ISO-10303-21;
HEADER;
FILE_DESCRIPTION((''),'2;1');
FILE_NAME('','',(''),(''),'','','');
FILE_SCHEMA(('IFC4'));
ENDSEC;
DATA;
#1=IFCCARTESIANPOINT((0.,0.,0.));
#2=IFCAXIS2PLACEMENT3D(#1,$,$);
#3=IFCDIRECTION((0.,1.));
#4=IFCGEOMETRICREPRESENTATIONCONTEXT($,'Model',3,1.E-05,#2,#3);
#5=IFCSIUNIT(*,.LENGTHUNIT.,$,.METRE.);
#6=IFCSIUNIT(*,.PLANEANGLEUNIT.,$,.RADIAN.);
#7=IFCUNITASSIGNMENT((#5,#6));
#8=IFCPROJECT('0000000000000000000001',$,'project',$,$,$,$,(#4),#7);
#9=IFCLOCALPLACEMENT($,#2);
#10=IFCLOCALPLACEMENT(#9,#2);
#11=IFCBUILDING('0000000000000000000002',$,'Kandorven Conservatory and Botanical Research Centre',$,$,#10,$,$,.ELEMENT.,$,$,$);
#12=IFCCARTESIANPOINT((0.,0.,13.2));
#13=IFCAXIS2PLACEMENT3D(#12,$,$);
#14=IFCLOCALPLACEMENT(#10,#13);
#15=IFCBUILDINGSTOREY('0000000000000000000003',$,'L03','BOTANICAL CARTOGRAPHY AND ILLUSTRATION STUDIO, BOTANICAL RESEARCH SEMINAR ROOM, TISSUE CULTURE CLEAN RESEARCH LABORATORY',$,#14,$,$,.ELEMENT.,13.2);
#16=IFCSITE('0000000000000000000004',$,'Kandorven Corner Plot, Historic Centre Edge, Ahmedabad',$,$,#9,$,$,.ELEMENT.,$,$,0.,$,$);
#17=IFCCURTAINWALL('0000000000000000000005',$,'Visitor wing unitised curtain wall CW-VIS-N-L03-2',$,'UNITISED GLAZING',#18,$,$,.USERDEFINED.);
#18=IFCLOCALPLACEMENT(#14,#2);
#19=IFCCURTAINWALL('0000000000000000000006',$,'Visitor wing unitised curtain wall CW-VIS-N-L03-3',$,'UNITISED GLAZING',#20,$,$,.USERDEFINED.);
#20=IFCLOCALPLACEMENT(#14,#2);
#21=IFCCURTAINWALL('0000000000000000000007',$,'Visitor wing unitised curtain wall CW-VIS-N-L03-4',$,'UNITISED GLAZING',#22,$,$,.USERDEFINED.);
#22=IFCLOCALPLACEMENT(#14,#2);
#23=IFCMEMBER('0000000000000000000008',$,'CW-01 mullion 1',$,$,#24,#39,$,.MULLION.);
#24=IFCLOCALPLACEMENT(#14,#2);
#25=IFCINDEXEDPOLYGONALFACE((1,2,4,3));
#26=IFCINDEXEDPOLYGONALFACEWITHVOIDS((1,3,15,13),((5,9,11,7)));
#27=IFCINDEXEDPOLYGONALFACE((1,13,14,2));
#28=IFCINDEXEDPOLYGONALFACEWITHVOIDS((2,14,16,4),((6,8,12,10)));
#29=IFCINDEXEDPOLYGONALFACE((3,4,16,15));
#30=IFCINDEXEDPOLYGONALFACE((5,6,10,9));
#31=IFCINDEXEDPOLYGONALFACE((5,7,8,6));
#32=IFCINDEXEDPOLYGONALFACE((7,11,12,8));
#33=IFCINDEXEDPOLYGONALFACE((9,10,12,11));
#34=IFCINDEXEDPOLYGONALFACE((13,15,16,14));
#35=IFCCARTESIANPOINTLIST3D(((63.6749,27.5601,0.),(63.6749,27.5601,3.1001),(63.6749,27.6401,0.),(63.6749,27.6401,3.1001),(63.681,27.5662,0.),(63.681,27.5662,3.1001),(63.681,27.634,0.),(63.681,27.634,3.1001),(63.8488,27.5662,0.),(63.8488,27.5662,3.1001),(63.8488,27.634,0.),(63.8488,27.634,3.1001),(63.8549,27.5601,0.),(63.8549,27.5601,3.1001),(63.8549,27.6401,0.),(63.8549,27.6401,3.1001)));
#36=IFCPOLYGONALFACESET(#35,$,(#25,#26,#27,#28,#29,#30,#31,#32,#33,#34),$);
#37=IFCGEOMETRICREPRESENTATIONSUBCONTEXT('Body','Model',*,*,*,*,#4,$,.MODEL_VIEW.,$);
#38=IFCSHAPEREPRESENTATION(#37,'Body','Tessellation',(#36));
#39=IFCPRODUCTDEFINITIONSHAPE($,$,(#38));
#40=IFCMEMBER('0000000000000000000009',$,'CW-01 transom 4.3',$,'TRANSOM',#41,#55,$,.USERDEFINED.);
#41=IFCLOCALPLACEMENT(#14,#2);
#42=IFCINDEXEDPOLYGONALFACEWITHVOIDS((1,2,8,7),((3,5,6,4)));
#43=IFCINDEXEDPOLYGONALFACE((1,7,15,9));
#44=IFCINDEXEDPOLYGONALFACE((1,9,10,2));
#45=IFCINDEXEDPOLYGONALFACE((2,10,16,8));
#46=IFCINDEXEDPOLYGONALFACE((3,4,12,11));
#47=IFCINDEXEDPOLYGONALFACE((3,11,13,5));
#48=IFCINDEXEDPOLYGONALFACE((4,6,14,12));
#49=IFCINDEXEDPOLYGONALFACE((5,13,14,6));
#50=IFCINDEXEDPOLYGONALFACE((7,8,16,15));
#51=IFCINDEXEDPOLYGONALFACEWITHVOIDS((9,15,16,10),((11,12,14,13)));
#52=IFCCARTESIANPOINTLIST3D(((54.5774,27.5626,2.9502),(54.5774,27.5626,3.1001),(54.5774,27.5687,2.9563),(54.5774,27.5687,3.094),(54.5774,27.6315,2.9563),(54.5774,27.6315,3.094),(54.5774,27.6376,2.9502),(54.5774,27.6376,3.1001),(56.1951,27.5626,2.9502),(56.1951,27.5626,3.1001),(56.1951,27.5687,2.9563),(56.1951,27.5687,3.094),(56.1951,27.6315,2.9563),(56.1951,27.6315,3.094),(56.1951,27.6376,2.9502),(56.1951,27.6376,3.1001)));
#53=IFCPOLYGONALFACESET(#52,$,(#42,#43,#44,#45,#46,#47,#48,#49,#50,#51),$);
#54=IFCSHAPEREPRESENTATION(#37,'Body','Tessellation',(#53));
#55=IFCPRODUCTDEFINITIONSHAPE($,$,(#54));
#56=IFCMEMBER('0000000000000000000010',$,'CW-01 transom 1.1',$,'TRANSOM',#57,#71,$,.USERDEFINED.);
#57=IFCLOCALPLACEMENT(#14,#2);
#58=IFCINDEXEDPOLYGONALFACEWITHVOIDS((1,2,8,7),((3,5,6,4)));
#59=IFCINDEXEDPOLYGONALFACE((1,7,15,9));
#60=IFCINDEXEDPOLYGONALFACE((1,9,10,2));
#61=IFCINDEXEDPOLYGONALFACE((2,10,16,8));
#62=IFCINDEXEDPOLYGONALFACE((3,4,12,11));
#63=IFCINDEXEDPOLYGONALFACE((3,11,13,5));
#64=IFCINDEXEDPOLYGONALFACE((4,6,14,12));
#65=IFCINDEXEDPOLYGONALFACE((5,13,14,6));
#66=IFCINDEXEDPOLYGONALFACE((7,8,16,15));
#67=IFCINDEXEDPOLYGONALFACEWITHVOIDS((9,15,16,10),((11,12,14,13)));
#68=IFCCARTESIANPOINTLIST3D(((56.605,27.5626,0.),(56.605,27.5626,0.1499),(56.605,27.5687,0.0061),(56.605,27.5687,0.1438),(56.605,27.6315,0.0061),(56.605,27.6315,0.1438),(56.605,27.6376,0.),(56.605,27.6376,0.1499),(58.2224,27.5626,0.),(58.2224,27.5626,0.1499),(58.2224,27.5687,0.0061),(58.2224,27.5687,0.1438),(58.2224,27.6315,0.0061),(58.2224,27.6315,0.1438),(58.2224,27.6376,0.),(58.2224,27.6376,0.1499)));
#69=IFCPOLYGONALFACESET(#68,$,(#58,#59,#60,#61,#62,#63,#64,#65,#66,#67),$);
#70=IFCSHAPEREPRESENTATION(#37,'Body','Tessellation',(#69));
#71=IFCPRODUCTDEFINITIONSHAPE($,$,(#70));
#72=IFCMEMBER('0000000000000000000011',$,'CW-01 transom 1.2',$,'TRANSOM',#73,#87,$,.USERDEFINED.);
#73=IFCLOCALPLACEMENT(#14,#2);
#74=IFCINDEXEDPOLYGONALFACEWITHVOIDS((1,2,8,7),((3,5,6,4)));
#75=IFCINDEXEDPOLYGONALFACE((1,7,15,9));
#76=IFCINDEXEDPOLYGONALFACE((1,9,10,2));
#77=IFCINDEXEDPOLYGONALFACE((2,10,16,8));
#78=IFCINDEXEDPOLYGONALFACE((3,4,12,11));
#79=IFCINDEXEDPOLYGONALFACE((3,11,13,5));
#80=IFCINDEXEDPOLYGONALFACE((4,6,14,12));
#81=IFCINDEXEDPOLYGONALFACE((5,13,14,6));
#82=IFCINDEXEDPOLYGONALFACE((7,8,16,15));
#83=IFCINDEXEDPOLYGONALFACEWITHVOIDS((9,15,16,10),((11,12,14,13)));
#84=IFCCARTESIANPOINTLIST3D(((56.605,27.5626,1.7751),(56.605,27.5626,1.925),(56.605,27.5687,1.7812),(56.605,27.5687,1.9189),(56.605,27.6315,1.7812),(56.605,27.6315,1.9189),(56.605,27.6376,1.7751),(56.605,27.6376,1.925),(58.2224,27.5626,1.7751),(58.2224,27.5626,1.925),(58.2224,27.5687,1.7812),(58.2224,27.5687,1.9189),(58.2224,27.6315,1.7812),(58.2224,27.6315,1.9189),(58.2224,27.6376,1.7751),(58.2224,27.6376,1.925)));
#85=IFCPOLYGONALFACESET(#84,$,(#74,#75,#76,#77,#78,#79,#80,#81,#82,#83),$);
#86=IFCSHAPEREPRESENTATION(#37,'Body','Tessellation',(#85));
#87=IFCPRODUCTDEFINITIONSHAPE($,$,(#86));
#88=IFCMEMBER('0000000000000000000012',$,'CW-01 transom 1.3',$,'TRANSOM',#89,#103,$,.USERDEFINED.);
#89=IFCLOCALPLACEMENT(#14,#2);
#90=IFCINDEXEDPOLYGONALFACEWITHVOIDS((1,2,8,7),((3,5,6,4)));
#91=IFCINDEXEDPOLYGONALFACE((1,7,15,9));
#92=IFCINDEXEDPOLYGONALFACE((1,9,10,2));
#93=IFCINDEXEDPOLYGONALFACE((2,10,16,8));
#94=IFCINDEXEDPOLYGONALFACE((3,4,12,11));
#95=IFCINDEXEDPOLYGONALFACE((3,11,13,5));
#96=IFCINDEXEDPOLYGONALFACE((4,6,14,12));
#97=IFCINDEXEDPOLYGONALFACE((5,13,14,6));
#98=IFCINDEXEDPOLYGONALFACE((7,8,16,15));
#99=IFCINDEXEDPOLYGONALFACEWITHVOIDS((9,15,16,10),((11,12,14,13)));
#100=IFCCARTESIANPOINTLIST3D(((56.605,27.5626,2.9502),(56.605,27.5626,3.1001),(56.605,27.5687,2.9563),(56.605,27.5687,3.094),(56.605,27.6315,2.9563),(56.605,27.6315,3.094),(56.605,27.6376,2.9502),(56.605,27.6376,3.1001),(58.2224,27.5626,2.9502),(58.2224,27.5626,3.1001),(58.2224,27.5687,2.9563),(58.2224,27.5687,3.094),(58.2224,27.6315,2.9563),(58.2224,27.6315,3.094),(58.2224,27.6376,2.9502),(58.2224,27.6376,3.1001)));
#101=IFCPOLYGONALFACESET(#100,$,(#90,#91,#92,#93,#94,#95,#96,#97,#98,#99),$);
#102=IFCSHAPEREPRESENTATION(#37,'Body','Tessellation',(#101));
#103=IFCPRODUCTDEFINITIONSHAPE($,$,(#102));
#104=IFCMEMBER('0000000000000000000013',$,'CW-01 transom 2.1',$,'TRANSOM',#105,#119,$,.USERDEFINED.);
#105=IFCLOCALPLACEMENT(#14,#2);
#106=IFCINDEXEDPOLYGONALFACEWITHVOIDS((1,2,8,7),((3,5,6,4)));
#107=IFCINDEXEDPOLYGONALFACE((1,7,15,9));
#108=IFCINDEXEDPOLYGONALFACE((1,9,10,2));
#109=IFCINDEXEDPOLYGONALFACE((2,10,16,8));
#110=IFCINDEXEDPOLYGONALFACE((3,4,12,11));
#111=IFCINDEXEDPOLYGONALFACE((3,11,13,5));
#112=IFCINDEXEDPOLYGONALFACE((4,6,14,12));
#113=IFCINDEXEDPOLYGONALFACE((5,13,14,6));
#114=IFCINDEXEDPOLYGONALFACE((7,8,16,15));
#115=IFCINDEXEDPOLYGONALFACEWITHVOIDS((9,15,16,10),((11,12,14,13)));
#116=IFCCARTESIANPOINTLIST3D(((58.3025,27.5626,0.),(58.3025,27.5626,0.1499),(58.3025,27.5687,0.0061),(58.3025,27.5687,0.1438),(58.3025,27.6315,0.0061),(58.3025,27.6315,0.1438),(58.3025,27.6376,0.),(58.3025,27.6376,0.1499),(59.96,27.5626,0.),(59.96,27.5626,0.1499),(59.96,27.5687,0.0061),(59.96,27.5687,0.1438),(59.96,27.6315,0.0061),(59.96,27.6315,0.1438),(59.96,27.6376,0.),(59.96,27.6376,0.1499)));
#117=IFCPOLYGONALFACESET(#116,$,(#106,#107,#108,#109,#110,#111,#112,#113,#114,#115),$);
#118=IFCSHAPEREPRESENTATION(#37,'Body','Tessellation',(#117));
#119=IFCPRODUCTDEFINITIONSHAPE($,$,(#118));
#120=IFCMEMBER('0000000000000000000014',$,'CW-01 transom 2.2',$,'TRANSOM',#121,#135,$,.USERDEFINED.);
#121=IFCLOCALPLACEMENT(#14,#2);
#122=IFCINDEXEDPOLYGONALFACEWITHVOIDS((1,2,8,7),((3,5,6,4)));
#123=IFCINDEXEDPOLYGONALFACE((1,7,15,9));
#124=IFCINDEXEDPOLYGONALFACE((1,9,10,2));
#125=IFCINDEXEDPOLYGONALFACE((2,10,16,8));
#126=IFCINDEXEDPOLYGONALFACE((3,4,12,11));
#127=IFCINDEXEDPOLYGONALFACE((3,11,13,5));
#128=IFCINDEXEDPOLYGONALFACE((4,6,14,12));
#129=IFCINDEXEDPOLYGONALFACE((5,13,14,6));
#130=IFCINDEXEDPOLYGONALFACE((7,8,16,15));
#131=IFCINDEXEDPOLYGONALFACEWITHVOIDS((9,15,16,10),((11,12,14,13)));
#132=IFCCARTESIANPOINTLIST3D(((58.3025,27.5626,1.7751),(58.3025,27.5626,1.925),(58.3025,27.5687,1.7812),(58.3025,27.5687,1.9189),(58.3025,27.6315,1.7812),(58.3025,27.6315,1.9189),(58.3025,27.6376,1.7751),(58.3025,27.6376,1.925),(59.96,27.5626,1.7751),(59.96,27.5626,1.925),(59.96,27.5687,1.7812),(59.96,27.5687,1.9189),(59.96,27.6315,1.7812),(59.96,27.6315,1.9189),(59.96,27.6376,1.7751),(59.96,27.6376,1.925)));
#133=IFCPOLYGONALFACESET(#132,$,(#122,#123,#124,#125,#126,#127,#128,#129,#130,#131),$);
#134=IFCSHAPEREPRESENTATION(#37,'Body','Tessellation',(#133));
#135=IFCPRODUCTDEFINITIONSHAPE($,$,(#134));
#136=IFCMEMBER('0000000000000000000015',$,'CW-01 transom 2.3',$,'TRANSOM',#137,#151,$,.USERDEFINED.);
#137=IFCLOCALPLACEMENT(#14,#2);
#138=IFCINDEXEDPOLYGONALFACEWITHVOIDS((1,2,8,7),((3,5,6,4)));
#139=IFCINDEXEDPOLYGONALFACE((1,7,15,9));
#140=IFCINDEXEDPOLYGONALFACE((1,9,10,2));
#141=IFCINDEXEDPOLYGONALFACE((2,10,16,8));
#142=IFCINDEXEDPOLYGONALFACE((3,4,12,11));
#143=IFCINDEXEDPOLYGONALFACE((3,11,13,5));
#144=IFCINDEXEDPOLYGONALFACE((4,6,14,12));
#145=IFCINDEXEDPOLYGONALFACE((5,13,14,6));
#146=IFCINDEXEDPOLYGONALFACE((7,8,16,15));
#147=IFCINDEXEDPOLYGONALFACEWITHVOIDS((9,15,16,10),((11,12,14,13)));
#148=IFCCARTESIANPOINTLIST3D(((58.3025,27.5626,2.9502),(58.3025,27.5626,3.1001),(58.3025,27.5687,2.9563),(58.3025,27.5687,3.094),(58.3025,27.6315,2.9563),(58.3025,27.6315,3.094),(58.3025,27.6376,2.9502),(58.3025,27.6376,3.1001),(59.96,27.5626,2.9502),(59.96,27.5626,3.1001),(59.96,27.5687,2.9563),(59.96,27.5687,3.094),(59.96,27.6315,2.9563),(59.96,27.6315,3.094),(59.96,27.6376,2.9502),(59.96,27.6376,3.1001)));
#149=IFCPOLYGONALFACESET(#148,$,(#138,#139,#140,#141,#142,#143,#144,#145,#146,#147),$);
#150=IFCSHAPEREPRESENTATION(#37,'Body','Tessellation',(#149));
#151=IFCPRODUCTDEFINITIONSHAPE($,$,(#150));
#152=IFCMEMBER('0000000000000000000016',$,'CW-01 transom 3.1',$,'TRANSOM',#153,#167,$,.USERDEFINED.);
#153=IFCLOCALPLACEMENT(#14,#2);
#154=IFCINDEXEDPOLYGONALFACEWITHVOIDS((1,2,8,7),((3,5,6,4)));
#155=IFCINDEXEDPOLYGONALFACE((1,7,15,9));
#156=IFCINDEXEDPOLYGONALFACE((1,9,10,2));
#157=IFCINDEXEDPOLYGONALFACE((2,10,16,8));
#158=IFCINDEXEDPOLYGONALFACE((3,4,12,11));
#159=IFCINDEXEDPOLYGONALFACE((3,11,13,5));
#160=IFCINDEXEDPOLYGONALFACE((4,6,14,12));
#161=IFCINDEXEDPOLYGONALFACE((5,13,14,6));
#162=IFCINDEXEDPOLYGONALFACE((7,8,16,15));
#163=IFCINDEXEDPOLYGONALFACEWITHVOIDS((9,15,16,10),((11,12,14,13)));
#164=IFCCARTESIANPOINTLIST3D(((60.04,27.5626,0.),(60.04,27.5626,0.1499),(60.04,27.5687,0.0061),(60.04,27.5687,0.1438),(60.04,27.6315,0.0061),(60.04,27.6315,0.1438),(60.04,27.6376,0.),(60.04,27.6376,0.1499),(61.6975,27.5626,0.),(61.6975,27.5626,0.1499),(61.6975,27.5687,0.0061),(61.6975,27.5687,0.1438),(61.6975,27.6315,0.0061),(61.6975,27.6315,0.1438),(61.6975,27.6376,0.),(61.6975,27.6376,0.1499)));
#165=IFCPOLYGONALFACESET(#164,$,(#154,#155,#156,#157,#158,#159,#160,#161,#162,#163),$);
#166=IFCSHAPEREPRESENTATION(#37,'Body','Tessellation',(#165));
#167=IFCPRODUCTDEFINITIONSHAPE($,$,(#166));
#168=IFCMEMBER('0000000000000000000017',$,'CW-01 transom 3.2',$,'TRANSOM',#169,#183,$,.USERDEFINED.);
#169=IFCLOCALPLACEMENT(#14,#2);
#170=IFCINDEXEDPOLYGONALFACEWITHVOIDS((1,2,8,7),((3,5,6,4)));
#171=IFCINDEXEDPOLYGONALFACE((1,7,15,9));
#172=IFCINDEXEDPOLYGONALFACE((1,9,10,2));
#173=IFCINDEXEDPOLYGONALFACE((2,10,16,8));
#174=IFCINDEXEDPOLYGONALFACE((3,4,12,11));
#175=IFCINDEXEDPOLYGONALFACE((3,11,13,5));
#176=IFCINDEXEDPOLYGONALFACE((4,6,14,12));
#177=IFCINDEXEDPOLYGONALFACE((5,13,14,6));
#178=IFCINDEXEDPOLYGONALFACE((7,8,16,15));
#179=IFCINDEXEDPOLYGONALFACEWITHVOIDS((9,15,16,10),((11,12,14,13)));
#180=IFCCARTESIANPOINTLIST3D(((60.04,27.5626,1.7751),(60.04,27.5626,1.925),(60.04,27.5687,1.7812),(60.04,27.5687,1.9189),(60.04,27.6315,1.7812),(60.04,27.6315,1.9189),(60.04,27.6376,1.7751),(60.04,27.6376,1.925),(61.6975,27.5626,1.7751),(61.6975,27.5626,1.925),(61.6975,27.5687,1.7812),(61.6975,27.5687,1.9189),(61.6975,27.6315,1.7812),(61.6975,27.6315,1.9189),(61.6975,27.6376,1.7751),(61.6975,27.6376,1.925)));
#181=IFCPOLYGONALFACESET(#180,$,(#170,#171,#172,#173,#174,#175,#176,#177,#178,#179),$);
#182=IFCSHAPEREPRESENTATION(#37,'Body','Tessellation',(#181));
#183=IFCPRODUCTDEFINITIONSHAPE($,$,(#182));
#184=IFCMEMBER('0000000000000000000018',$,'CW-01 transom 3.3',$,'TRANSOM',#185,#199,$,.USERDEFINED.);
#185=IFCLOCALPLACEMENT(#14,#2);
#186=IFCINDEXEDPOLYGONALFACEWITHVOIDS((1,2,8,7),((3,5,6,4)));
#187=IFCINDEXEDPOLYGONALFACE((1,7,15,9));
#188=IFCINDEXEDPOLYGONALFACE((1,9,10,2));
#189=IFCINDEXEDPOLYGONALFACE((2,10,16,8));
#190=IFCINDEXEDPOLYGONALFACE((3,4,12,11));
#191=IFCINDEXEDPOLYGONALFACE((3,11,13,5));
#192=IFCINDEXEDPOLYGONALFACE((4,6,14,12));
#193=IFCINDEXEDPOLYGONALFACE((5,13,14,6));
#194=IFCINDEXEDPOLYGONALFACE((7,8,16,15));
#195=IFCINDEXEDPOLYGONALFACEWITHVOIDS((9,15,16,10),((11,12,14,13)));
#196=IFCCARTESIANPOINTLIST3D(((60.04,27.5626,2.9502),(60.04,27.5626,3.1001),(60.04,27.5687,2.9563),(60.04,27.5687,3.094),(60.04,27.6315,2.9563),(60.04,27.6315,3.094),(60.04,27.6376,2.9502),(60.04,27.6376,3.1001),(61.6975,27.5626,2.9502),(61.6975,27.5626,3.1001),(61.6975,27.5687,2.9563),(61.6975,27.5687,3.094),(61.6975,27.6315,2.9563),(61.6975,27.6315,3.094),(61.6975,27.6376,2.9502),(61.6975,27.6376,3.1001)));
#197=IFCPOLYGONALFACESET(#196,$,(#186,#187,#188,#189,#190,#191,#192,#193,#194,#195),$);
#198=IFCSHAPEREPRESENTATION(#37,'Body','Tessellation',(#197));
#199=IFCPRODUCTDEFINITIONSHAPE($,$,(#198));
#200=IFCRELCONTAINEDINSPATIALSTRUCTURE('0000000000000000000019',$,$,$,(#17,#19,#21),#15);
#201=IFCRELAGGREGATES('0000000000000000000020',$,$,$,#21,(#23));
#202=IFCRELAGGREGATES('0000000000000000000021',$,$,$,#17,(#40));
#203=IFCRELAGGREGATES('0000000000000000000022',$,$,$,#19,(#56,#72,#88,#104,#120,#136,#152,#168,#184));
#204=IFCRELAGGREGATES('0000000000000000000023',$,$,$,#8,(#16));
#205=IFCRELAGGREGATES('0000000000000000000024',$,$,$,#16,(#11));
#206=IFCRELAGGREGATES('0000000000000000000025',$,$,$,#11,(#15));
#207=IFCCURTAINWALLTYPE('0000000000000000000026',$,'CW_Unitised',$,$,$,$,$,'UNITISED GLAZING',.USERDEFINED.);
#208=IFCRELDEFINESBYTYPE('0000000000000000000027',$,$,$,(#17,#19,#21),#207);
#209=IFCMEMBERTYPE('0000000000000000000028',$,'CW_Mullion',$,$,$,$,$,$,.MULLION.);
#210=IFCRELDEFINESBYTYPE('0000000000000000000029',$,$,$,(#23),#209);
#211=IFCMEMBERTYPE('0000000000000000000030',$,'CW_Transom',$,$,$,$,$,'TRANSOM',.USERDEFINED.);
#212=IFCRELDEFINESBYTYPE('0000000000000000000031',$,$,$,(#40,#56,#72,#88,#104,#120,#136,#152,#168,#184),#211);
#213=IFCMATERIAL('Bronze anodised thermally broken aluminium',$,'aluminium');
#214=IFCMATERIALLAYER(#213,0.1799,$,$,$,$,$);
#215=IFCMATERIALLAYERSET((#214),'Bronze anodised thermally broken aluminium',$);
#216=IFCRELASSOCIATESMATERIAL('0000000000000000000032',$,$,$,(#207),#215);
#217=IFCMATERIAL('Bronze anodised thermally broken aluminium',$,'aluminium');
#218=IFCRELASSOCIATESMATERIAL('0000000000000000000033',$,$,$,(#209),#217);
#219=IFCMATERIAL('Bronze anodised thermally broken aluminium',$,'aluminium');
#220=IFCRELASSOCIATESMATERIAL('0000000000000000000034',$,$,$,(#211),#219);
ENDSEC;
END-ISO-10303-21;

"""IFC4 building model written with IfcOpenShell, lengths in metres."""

from ifc_helpers import new_model, si_unit, direction, frame, origin, origin_2d, place, context, subcontext, project, spatial, hollow_rectangle, extrude, material, layer, layer_set, material_profile, profile_set, type_object, element, aggregate, save


model = new_model("IFC4")

# Units and contexts
model_context = context("Model", 3, precision=1e-05, world=origin(), true_north=direction((0.0, 1.0)))
body_context = subcontext(model_context, "Body", "Model", "MODEL_VIEW")
ifc_project = project(units=[si_unit("LENGTHUNIT", "METRE"), si_unit("PLANEANGLEUNIT", "RADIAN")], contexts=[model_context])

# Site, building, storey
site_placement = place(None, origin())
site = spatial("IfcSite", under=ifc_project, at=site_placement, Name="Kandorven Corner Plot, Historic Centre Edge, Ahmedabad", CompositionType="ELEMENT", RefElevation=0.0)
building_placement = place(site_placement, origin())
building = spatial("IfcBuilding", under=site, at=building_placement, Name="Kandorven Conservatory and Botanical Research Centre", CompositionType="ELEMENT")
storey_placement = place(building_placement, frame((0.0, 0.0, 13.2)))
storey = spatial("IfcBuildingStorey", under=building, at=storey_placement, Name="L03", Description="BOTANICAL CARTOGRAPHY AND ILLUSTRATION STUDIO, BOTANICAL RESEARCH SEMINAR ROOM, TISSUE CULTURE CLEAN RESEARCH LABORATORY", CompositionType="ELEMENT", Elevation=13.2)

# Curtain wall
ifc_material_1 = material(Name="Bronze anodised thermally broken aluminium", Category="aluminium")
ifc_layer_1 = layer(ifc_material_1, 0.1799)
ifc_layer_set_1 = layer_set([ifc_layer_1], Name="Bronze anodised thermally broken aluminium")
curtain_wall_type = type_object("IfcCurtainWallType", Name="CW_Unitised", ElementType="UNITISED GLAZING", PredefinedType="USERDEFINED", material=ifc_layer_set_1)
curtain_wall_1_placement = place(storey_placement, origin())
curtain_wall_1 = element("IfcCurtainWall", 1, at=curtain_wall_1_placement, inside=storey, type_object=curtain_wall_type, Name="Visitor wing unitised curtain wall CW-VIS-N-L03-2", ObjectType="UNITISED GLAZING", PredefinedType="USERDEFINED")
ifc_material_2 = material(Name="Bronze anodised thermally broken aluminium", Category="aluminium")
ifc_material_profile_1 = material_profile(ifc_material_2, hollow_rectangle(XDim=0.0801, YDim=0.1799, WallThickness=0.0061, at=origin_2d()))
ifc_profile_set_1 = profile_set([ifc_material_profile_1], Name="Bronze anodised thermally broken aluminium")
member_type_1 = type_object("IfcMemberType", Name="CW_Mullion", PredefinedType="MULLION", material=ifc_profile_set_1)

# Curtain wall
curtain_wall_2_placement = place(storey_placement, origin())
curtain_wall_2 = element("IfcCurtainWall", 2, at=curtain_wall_2_placement, inside=storey, type_object=curtain_wall_type, Name="Visitor wing unitised curtain wall CW-VIS-N-L03-3", ObjectType="UNITISED GLAZING", PredefinedType="USERDEFINED")

# Curtain wall, member
curtain_wall_3_placement = place(storey_placement, origin())
curtain_wall_3 = element("IfcCurtainWall", 3, at=curtain_wall_3_placement, inside=storey, type_object=curtain_wall_type, Name="Visitor wing unitised curtain wall CW-VIS-N-L03-4", ObjectType="UNITISED GLAZING", PredefinedType="USERDEFINED")
member_1_placement = place(storey_placement, frame((63.7649, 27.6001, 0.0), z_axis=(0.0, 0.0, 1.0), x_axis=(0.0, 1.0, 0.0)))
member_1 = element("IfcMember", 4, at=member_1_placement, type_object=member_type_1, Name="CW-01 mullion 1", PredefinedType="MULLION", context=body_context, shape_type="SweptSolid", body=[
    extrude(hollow_rectangle(XDim=0.0801, YDim=0.1799, WallThickness=0.0061, at=origin_2d()), origin(), (0.0, 0.0, 1.0), 3.1001),
])

# Members
ifc_material_3 = material(Name="Bronze anodised thermally broken aluminium", Category="aluminium")
ifc_material_profile_2 = material_profile(ifc_material_3, hollow_rectangle(XDim=0.075, YDim=0.1499, WallThickness=0.0061, at=origin_2d()))
ifc_profile_set_2 = profile_set([ifc_material_profile_2], Name="Bronze anodised thermally broken aluminium")
member_type_2 = type_object("IfcMemberType", Name="CW_Transom", ElementType="TRANSOM", PredefinedType="USERDEFINED", material=ifc_profile_set_2)
member_2_placement = place(storey_placement, frame((54.5774, 27.6001, 3.0251), z_axis=(1.0, 0.0, 0.0), x_axis=(0.0, 1.0, 0.0)))
member_2 = element("IfcMember", 5, at=member_2_placement, type_object=member_type_2, Name="CW-01 transom 4.3", ObjectType="TRANSOM", PredefinedType="USERDEFINED", context=body_context, shape_type="SweptSolid", body=[
    extrude(hollow_rectangle(XDim=0.075, YDim=0.1499, WallThickness=0.0061, at=origin_2d()), origin(), (0.0, 0.0, 1.0), 1.6177),
])
member_3_placement = place(storey_placement, frame((56.605, 27.6001, 0.075), z_axis=(1.0, 0.0, 0.0), x_axis=(0.0, 1.0, 0.0)))
member_3 = element("IfcMember", 6, at=member_3_placement, type_object=member_type_2, Name="CW-01 transom 1.1", ObjectType="TRANSOM", PredefinedType="USERDEFINED", context=body_context, shape_type="SweptSolid", body=[
    extrude(hollow_rectangle(XDim=0.075, YDim=0.1499, WallThickness=0.0061, at=origin_2d()), origin(), (0.0, 0.0, 1.0), 1.6174),
])
member_4_placement = place(storey_placement, frame((56.605, 27.6001, 1.8501), z_axis=(1.0, 0.0, 0.0), x_axis=(0.0, 1.0, 0.0)))
member_4 = element("IfcMember", 7, at=member_4_placement, type_object=member_type_2, Name="CW-01 transom 1.2", ObjectType="TRANSOM", PredefinedType="USERDEFINED", context=body_context, shape_type="SweptSolid", body=[
    extrude(hollow_rectangle(XDim=0.075, YDim=0.1499, WallThickness=0.0061, at=origin_2d()), origin(), (0.0, 0.0, 1.0), 1.6174),
])
member_5_placement = place(storey_placement, frame((56.605, 27.6001, 3.0251), z_axis=(1.0, 0.0, 0.0), x_axis=(0.0, 1.0, 0.0)))
member_5 = element("IfcMember", 8, at=member_5_placement, type_object=member_type_2, Name="CW-01 transom 1.3", ObjectType="TRANSOM", PredefinedType="USERDEFINED", context=body_context, shape_type="SweptSolid", body=[
    extrude(hollow_rectangle(XDim=0.075, YDim=0.1499, WallThickness=0.0061, at=origin_2d()), origin(), (0.0, 0.0, 1.0), 1.6174),
])
member_6_placement = place(storey_placement, frame((58.3025, 27.6001, 0.075), z_axis=(1.0, 0.0, 0.0), x_axis=(0.0, 1.0, 0.0)))
member_6 = element("IfcMember", 9, at=member_6_placement, type_object=member_type_2, Name="CW-01 transom 2.1", ObjectType="TRANSOM", PredefinedType="USERDEFINED", context=body_context, shape_type="SweptSolid", body=[
    extrude(hollow_rectangle(XDim=0.075, YDim=0.1499, WallThickness=0.0061, at=origin_2d()), origin(), (0.0, 0.0, 1.0), 1.6575),
])
member_7_placement = place(storey_placement, frame((58.3025, 27.6001, 1.8501), z_axis=(1.0, 0.0, 0.0), x_axis=(0.0, 1.0, 0.0)))
member_7 = element("IfcMember", 10, at=member_7_placement, type_object=member_type_2, Name="CW-01 transom 2.2", ObjectType="TRANSOM", PredefinedType="USERDEFINED", context=body_context, shape_type="SweptSolid", body=[
    extrude(hollow_rectangle(XDim=0.075, YDim=0.1499, WallThickness=0.0061, at=origin_2d()), origin(), (0.0, 0.0, 1.0), 1.6575),
])
member_8_placement = place(storey_placement, frame((58.3025, 27.6001, 3.0251), z_axis=(1.0, 0.0, 0.0), x_axis=(0.0, 1.0, 0.0)))
member_8 = element("IfcMember", 11, at=member_8_placement, type_object=member_type_2, Name="CW-01 transom 2.3", ObjectType="TRANSOM", PredefinedType="USERDEFINED", context=body_context, shape_type="SweptSolid", body=[
    extrude(hollow_rectangle(XDim=0.075, YDim=0.1499, WallThickness=0.0061, at=origin_2d()), origin(), (0.0, 0.0, 1.0), 1.6575),
])
member_9_placement = place(storey_placement, frame((60.04, 27.6001, 0.075), z_axis=(1.0, 0.0, 0.0), x_axis=(0.0, 1.0, 0.0)))
member_9 = element("IfcMember", 12, at=member_9_placement, type_object=member_type_2, Name="CW-01 transom 3.1", ObjectType="TRANSOM", PredefinedType="USERDEFINED", context=body_context, shape_type="SweptSolid", body=[
    extrude(hollow_rectangle(XDim=0.075, YDim=0.1499, WallThickness=0.0061, at=origin_2d()), origin(), (0.0, 0.0, 1.0), 1.6575),
])
member_10_placement = place(storey_placement, frame((60.04, 27.6001, 1.8501), z_axis=(1.0, 0.0, 0.0), x_axis=(0.0, 1.0, 0.0)))
member_10 = element("IfcMember", 13, at=member_10_placement, type_object=member_type_2, Name="CW-01 transom 3.2", ObjectType="TRANSOM", PredefinedType="USERDEFINED", context=body_context, shape_type="SweptSolid", body=[
    extrude(hollow_rectangle(XDim=0.075, YDim=0.1499, WallThickness=0.0061, at=origin_2d()), origin(), (0.0, 0.0, 1.0), 1.6575),
])
member_11_placement = place(storey_placement, frame((60.04, 27.6001, 3.0251), z_axis=(1.0, 0.0, 0.0), x_axis=(0.0, 1.0, 0.0)))
member_11 = element("IfcMember", 14, at=member_11_placement, type_object=member_type_2, Name="CW-01 transom 3.3", ObjectType="TRANSOM", PredefinedType="USERDEFINED", context=body_context, shape_type="SweptSolid", body=[
    extrude(hollow_rectangle(XDim=0.075, YDim=0.1499, WallThickness=0.0061, at=origin_2d()), origin(), (0.0, 0.0, 1.0), 1.6575),
])
aggregate(curtain_wall_3, [member_1])

aggregate(curtain_wall_1, [member_2])
aggregate(curtain_wall_2, [member_3, member_4, member_5, member_6, member_7, member_8, member_9, member_10, member_11])

save(model, "model.ifc")
